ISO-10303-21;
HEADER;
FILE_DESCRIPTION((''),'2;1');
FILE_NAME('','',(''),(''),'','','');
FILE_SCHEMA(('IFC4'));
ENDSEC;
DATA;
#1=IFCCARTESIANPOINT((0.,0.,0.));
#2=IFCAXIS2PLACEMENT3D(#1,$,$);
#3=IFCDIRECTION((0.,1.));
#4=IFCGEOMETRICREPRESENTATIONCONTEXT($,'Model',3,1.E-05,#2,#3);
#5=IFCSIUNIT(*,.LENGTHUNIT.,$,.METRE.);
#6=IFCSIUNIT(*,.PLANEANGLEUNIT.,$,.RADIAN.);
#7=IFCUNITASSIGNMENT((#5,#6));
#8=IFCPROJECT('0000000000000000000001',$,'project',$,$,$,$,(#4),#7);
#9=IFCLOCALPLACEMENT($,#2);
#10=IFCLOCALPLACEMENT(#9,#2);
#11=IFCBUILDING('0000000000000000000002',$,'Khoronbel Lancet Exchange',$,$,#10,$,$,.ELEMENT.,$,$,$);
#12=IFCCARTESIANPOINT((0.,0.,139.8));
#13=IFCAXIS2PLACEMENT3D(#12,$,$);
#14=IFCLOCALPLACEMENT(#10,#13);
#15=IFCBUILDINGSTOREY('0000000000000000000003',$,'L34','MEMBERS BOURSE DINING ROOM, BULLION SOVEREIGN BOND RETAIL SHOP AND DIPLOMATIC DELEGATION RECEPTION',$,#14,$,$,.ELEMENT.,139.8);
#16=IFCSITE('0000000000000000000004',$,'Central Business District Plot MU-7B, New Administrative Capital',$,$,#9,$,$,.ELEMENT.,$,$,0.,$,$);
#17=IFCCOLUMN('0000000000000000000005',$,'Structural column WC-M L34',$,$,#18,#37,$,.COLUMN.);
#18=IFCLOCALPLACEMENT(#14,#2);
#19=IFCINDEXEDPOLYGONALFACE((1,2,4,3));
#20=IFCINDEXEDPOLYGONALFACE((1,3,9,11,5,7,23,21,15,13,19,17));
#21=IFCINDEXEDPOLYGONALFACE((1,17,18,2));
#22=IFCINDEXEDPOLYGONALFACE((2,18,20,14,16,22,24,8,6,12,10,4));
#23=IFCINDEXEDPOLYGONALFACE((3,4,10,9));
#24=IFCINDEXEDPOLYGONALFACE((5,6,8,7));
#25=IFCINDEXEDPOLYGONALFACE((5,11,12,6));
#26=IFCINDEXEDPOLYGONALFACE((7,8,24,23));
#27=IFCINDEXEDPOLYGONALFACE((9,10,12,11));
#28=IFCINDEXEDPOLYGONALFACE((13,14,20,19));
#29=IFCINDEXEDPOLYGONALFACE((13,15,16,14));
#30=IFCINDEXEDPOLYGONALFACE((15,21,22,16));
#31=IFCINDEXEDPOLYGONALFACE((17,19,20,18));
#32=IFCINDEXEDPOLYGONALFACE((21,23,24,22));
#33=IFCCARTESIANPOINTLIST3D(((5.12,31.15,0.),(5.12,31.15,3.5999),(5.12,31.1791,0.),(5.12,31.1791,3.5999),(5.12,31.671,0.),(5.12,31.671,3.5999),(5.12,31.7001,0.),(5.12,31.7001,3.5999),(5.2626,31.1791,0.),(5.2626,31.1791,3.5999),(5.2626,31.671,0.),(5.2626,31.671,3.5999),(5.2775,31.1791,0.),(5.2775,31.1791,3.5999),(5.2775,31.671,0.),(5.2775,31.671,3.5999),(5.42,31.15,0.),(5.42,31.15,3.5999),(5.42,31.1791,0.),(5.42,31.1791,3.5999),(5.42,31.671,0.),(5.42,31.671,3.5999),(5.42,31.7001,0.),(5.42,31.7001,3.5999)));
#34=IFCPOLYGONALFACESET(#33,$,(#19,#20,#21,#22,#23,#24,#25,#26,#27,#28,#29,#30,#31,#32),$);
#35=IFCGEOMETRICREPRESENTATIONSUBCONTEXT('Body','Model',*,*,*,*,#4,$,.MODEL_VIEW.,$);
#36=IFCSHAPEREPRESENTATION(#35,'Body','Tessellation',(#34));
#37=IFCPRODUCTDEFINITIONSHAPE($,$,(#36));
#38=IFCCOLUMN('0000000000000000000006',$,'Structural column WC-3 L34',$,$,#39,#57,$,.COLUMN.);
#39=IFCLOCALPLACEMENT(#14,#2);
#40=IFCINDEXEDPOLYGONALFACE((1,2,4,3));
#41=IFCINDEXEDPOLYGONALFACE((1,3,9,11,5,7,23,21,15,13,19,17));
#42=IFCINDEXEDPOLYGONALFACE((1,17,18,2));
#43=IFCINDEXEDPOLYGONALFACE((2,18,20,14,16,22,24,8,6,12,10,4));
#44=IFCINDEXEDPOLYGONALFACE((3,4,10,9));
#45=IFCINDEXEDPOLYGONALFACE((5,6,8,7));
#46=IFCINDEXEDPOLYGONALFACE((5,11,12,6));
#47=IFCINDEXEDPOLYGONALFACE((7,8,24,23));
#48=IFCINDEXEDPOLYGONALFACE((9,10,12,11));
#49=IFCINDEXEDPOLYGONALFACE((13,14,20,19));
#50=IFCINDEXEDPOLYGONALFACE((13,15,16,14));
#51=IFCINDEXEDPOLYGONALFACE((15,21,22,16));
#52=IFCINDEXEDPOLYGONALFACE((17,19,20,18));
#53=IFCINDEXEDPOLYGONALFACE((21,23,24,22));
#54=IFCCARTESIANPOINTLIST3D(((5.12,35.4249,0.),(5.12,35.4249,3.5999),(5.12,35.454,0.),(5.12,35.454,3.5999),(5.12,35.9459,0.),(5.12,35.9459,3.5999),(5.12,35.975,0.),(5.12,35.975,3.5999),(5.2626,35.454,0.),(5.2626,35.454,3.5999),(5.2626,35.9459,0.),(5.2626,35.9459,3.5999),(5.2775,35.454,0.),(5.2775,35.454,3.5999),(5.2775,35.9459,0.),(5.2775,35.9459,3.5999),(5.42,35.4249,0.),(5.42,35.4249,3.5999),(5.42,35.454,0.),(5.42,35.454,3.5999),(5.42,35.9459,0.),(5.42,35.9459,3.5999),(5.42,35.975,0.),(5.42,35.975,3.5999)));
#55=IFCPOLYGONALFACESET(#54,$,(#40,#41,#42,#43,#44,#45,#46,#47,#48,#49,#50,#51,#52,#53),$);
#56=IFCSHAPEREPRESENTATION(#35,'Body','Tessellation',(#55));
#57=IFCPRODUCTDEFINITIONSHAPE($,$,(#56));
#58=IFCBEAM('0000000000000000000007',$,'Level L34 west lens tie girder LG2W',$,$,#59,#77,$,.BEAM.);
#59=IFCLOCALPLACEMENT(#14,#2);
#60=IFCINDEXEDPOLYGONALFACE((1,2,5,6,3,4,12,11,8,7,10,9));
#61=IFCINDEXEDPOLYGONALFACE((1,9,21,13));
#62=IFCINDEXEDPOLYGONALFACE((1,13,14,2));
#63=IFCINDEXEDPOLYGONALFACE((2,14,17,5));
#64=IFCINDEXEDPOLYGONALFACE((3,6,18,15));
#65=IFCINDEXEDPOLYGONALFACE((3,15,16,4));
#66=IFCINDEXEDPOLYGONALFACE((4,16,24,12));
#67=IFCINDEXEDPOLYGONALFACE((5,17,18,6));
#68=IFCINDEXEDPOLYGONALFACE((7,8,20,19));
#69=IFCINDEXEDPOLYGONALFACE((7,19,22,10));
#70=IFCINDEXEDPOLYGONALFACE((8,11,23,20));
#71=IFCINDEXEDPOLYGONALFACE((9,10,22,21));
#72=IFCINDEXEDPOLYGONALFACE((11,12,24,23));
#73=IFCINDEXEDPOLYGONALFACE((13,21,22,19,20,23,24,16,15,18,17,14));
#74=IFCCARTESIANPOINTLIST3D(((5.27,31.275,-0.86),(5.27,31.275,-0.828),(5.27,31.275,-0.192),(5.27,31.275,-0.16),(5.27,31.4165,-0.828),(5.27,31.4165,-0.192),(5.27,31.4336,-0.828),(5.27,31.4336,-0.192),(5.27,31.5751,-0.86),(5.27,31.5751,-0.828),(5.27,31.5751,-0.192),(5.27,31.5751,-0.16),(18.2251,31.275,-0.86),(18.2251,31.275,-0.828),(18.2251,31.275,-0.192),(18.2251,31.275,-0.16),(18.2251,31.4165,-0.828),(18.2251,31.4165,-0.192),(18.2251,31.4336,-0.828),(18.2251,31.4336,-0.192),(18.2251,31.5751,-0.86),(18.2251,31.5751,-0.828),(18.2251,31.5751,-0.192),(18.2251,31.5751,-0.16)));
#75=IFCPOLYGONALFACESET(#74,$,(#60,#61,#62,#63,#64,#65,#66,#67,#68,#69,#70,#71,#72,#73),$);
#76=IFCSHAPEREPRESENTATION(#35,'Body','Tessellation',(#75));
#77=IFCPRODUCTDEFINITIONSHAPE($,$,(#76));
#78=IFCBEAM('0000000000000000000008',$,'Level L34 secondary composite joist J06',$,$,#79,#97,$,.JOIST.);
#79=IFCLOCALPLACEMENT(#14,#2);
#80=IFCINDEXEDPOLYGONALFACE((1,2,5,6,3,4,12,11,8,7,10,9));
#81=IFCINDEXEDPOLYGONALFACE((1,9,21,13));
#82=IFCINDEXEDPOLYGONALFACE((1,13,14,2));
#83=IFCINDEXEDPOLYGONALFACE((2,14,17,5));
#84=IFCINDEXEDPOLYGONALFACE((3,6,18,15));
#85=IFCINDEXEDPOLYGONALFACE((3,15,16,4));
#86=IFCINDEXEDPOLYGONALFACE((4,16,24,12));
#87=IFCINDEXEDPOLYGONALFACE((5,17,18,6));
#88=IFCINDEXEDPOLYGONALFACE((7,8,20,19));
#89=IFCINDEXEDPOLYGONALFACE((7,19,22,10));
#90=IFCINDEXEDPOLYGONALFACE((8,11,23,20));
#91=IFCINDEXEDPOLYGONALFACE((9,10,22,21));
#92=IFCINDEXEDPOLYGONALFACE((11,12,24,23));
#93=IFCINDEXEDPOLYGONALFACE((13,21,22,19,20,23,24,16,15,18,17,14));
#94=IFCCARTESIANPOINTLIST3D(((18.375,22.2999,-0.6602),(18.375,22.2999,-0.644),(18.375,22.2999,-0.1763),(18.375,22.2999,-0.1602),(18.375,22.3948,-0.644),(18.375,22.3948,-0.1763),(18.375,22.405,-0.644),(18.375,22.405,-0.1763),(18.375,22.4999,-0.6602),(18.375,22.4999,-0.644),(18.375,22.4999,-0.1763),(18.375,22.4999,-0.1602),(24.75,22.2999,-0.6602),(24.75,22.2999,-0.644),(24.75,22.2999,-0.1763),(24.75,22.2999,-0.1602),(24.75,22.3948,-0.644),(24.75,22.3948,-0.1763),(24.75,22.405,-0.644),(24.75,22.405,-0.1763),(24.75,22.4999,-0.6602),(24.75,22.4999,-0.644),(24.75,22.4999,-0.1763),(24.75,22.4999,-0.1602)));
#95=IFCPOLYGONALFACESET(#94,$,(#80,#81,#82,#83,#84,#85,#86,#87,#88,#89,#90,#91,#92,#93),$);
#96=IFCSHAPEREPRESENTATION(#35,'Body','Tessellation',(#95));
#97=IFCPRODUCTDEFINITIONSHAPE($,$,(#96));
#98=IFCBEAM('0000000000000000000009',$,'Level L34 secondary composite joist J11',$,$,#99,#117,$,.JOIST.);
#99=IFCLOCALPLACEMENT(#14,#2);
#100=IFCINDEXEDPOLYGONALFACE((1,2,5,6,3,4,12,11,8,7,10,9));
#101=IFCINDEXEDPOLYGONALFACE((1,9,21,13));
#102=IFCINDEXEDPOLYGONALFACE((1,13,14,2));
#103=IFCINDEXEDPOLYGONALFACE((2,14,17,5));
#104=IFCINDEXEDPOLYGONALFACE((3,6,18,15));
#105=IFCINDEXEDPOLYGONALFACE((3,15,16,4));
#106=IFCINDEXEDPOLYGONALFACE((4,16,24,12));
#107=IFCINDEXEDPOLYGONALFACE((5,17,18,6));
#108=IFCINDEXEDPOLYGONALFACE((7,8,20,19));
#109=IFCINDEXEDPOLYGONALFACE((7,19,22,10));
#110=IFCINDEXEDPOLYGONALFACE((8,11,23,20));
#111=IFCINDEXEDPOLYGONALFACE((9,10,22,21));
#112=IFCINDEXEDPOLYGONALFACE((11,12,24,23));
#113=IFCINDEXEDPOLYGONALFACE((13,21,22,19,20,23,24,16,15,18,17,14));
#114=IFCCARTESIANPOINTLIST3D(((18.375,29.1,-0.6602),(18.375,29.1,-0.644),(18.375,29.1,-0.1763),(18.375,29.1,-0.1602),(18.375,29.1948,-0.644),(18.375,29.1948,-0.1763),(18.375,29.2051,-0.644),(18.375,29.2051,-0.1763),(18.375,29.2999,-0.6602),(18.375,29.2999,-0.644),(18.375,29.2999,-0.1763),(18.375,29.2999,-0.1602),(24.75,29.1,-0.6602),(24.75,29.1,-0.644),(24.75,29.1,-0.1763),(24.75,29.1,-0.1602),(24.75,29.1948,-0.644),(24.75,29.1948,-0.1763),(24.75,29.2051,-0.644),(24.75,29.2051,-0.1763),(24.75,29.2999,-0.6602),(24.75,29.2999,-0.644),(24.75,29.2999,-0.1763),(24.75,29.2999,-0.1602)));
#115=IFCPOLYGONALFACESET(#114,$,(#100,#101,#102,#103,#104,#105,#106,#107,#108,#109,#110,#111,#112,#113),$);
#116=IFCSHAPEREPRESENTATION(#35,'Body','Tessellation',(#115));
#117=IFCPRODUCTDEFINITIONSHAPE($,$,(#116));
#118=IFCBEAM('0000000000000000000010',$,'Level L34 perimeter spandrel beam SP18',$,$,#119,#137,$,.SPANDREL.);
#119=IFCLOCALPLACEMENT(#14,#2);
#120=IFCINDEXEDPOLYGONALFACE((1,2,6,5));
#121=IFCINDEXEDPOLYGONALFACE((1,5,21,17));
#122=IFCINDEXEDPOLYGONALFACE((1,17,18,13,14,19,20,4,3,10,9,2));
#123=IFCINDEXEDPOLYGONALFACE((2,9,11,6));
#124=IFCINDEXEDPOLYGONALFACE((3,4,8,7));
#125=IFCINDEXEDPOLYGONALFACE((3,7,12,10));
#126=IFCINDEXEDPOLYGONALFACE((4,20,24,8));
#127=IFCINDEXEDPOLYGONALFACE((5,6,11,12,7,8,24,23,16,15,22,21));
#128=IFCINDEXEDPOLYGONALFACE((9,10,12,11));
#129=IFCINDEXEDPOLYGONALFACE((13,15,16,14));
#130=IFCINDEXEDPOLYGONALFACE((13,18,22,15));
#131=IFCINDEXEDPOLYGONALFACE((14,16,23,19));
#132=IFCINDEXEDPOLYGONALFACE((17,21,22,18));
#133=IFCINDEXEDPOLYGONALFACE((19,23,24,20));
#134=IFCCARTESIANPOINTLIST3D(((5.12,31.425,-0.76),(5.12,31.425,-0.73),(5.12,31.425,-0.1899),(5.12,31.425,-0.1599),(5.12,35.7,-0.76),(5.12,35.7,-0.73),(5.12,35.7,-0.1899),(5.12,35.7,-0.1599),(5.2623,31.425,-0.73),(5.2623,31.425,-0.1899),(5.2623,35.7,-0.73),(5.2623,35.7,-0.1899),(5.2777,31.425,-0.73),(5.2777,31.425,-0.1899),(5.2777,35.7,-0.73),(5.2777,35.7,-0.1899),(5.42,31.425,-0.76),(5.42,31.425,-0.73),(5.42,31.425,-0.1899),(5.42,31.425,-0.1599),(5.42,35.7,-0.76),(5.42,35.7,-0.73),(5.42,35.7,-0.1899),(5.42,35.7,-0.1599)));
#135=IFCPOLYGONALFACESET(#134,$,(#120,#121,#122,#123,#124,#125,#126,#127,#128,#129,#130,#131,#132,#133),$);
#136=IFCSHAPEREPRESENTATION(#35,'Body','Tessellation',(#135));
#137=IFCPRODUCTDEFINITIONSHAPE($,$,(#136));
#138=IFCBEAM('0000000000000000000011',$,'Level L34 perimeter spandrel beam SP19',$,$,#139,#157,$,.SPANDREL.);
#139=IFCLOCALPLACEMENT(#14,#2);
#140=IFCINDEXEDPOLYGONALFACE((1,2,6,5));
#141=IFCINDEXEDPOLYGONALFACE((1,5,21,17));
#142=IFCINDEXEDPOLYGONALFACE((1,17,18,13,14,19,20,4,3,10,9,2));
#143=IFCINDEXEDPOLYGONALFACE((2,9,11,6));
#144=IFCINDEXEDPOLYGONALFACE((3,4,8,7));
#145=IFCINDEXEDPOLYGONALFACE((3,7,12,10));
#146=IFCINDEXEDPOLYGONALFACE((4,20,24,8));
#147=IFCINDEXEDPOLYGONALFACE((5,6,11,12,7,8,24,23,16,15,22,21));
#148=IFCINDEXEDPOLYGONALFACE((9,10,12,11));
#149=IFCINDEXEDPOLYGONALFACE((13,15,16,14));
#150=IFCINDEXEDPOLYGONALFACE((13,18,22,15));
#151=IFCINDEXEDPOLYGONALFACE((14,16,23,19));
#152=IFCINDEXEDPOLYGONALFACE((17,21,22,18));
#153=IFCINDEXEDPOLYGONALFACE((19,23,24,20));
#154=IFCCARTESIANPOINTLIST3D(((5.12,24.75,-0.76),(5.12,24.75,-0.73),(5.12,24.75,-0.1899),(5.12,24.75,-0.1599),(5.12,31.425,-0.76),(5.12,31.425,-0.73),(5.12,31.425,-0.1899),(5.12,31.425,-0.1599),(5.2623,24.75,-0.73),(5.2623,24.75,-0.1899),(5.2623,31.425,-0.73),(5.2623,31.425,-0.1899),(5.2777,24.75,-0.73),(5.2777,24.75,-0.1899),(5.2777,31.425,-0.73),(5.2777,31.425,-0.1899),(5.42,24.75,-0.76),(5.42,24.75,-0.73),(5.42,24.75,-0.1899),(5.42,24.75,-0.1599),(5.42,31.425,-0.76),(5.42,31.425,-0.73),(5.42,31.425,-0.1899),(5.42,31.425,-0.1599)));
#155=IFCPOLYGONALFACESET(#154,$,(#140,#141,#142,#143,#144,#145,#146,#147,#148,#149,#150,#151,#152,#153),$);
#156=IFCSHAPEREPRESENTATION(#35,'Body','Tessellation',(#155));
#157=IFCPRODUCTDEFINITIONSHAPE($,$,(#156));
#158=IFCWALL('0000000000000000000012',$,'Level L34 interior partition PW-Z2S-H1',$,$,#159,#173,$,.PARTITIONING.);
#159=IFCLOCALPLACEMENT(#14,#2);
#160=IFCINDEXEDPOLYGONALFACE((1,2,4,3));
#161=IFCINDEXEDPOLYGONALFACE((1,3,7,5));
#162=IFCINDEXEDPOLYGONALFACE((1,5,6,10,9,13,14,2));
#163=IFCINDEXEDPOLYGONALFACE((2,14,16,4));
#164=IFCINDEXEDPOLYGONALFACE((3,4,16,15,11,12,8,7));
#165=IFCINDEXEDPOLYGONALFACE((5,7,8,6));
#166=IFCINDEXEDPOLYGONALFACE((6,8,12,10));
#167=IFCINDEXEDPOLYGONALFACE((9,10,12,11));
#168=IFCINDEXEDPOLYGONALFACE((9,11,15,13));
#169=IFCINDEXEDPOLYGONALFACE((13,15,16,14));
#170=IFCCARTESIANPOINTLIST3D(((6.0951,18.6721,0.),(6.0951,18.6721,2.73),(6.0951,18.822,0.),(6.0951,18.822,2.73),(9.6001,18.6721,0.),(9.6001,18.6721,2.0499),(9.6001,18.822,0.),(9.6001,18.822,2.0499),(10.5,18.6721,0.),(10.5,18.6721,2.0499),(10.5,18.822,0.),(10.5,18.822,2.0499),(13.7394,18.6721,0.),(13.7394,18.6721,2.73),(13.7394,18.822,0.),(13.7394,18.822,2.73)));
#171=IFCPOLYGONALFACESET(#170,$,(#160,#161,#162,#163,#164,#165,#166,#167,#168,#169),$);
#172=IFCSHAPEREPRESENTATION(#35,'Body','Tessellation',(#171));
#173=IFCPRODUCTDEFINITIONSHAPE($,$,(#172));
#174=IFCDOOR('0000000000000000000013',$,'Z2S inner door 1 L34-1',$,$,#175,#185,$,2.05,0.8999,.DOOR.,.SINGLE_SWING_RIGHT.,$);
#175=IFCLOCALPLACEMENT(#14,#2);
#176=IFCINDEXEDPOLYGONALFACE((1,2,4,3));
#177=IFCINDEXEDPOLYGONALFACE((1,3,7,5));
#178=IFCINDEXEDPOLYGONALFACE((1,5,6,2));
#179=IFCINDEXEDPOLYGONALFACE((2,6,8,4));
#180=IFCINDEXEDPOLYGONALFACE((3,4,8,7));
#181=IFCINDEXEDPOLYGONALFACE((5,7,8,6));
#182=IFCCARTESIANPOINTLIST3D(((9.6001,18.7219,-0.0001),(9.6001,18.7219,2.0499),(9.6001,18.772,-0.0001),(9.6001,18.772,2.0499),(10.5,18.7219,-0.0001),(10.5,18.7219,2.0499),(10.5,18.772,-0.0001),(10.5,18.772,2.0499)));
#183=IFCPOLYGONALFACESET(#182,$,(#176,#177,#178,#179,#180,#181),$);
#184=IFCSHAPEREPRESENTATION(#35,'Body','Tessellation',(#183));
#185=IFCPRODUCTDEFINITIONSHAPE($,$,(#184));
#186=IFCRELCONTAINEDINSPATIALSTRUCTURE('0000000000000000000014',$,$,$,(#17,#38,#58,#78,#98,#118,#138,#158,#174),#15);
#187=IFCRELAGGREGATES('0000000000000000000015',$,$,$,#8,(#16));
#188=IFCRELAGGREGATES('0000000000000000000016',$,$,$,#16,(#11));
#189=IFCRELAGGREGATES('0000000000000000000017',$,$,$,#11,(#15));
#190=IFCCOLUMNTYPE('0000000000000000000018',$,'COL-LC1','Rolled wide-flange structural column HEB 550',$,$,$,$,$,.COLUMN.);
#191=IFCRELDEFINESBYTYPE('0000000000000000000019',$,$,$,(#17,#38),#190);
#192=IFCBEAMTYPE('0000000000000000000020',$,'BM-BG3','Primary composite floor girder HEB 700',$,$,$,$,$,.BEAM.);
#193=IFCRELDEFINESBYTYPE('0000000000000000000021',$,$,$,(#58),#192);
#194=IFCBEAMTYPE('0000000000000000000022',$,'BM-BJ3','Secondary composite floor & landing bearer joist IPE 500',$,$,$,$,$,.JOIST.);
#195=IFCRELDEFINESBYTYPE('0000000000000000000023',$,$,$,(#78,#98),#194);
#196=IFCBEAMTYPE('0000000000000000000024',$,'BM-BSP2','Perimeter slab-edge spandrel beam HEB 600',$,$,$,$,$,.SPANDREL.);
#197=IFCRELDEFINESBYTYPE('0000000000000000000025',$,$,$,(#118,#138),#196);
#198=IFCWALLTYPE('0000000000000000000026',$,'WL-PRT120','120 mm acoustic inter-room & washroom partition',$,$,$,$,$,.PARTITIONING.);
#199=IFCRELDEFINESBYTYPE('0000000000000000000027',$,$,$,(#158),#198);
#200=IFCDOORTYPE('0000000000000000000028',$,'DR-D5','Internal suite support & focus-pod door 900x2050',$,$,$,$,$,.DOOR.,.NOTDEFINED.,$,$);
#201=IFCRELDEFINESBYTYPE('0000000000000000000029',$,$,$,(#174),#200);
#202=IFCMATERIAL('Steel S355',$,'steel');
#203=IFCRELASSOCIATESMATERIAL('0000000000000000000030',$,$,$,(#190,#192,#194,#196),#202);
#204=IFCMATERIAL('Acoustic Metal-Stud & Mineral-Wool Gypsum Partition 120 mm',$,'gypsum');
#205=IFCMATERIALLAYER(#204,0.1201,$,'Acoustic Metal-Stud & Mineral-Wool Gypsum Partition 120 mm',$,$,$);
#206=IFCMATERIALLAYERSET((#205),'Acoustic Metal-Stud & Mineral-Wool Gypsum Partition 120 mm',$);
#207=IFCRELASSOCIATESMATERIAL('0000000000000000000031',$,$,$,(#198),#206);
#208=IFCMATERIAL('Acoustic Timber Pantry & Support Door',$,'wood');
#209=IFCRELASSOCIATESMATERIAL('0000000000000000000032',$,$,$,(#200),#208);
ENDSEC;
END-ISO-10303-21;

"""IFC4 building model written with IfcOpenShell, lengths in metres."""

from ifc_helpers import new_model, si_unit, direction, frame, frame_2d, origin, origin_2d, place, context, subcontext, project, spatial, rectangle, i_section, extrude, material, layer, layer_set, material_profile, profile_set, type_object, element, fill, save


model = new_model("IFC4")

# Units and contexts
model_context = context("Model", 3, precision=1e-05, world=origin(), true_north=direction((0.0, 1.0)))
body_context = subcontext(model_context, "Body", "Model", "MODEL_VIEW")
ifc_project = project(units=[si_unit("LENGTHUNIT", "METRE"), si_unit("PLANEANGLEUNIT", "RADIAN")], contexts=[model_context])

# Site, building, storey
site_placement = place(None, origin())
site = spatial("IfcSite", under=ifc_project, at=site_placement, Name="Central Business District Plot MU-7B, New Administrative Capital", CompositionType="ELEMENT", RefElevation=0.0)
building_placement = place(site_placement, origin())
building = spatial("IfcBuilding", under=site, at=building_placement, Name="Khoronbel Lancet Exchange", CompositionType="ELEMENT")
storey_placement = place(building_placement, frame((0.0, 0.0, 139.8)))
storey = spatial("IfcBuildingStorey", under=building, at=storey_placement, Name="L34", Description="MEMBERS BOURSE DINING ROOM, BULLION SOVEREIGN BOND RETAIL SHOP AND DIPLOMATIC DELEGATION RECEPTION", CompositionType="ELEMENT", Elevation=139.8)

# Columns
ifc_material_1 = material(Name="Steel S355", Category="steel")
ifc_material_profile_1 = material_profile(ifc_material_1, i_section(OverallWidth=0.3, OverallDepth=0.55, WebThickness=0.0149, FlangeThickness=0.0291, at=origin_2d()), Name="HEB 550")
ifc_profile_set_1 = profile_set([ifc_material_profile_1], Name="Steel S355")
column_type = type_object("IfcColumnType", Name="COL-LC1", Description="Rolled wide-flange structural column HEB 550", PredefinedType="COLUMN", material=ifc_profile_set_1)
for number, where, z_axis, x_axis, name in (
    (1, (5.27, 31.425, 0.0), (0.0, 0.0, 1.0), (1.0, 0.0, 0.0), "Structural column WC-M L34"),
    (2, (5.27, 35.7, 0.0), (0.0, 0.0, 1.0), (1.0, 0.0, 0.0), "Structural column WC-3 L34"),
):
    element("IfcColumn", number, at=place(storey_placement, frame(where, z_axis=z_axis, x_axis=x_axis)), inside=storey, type_object=column_type, Name=name, PredefinedType="COLUMN", context=body_context, shape_type="SweptSolid", body=[
        extrude(i_section(OverallWidth=0.3, OverallDepth=0.55, WebThickness=0.0149, FlangeThickness=0.0291, at=origin_2d()), origin(), (0.0, 0.0, 1.0), 3.5999),
    ])

# Beams
ifc_material_profile_2 = material_profile(ifc_material_1, i_section(OverallWidth=0.3, OverallDepth=0.7, WebThickness=0.0171, FlangeThickness=0.032, at=origin_2d()), Name="HEB 700")
ifc_profile_set_2 = profile_set([ifc_material_profile_2], Name="Steel S355")
beam_type_1 = type_object("IfcBeamType", Name="BM-BG3", Description="Primary composite floor girder HEB 700", PredefinedType="BEAM", material=ifc_profile_set_2)
beam_1_placement = place(storey_placement, frame((5.27, 31.425, -0.51), z_axis=(1.0, 0.0, 0.0), x_axis=(0.0, 1.0, 0.0)))
element("IfcBeam", 3, at=beam_1_placement, inside=storey, type_object=beam_type_1, Name="Level L34 west lens tie girder LG2W", PredefinedType="BEAM", context=body_context, shape_type="SweptSolid", body=[
    extrude(i_section(OverallWidth=0.3, OverallDepth=0.7, WebThickness=0.0171, FlangeThickness=0.032, at=origin_2d()), origin(), (0.0, 0.0, 1.0), 12.9551),
])
ifc_material_profile_3 = material_profile(ifc_material_1, i_section(OverallWidth=0.2, OverallDepth=0.5, WebThickness=0.0103, FlangeThickness=0.0161, at=origin_2d()), Name="IPE 500")
ifc_profile_set_3 = profile_set([ifc_material_profile_3], Name="Steel S355")
beam_type_2 = type_object("IfcBeamType", Name="BM-BJ3", Description="Secondary composite floor & landing bearer joist IPE 500", PredefinedType="JOIST", material=ifc_profile_set_3)
for number, where, z_axis, x_axis, name in (
    (4, (18.375, 22.3999, -0.4102), (1.0, 0.0, 0.0), (0.0, 1.0, 0.0), "Level L34 secondary composite joist J06"),
    (5, (18.375, 29.2, -0.4102), (1.0, 0.0, 0.0), (0.0, 1.0, 0.0), "Level L34 secondary composite joist J11"),
):
    element("IfcBeam", number, at=place(storey_placement, frame(where, z_axis=z_axis, x_axis=x_axis)), inside=storey, type_object=beam_type_2, Name=name, PredefinedType="JOIST", context=body_context, shape_type="SweptSolid", body=[
        extrude(i_section(OverallWidth=0.2, OverallDepth=0.5, WebThickness=0.0103, FlangeThickness=0.0161, at=origin_2d()), origin(), (0.0, 0.0, 1.0), 6.375),
    ])
ifc_material_profile_4 = material_profile(ifc_material_1, i_section(OverallWidth=0.3, OverallDepth=0.6001, WebThickness=0.0154, FlangeThickness=0.03, at=origin_2d()), Name="HEB 600")
ifc_profile_set_4 = profile_set([ifc_material_profile_4], Name="Steel S355")
beam_type_3 = type_object("IfcBeamType", Name="BM-BSP2", Description="Perimeter slab-edge spandrel beam HEB 600", PredefinedType="SPANDREL", material=ifc_profile_set_4)
beam_2_placement = place(storey_placement, frame((5.27, 35.7, -0.46), z_axis=(0.0, -1.0, 0.0), x_axis=(1.0, 0.0, 0.0)))
element("IfcBeam", 6, at=beam_2_placement, inside=storey, type_object=beam_type_3, Name="Level L34 perimeter spandrel beam SP18", PredefinedType="SPANDREL", context=body_context, shape_type="SweptSolid", body=[
    extrude(i_section(OverallWidth=0.3, OverallDepth=0.6001, WebThickness=0.0154, FlangeThickness=0.03, at=origin_2d()), origin(), (0.0, 0.0, 1.0), 4.2749),
])
beam_3_placement = place(storey_placement, frame((5.27, 31.425, -0.46), z_axis=(0.0, -1.0, 0.0), x_axis=(1.0, 0.0, 0.0)))
element("IfcBeam", 7, at=beam_3_placement, inside=storey, type_object=beam_type_3, Name="Level L34 perimeter spandrel beam SP19", PredefinedType="SPANDREL", context=body_context, shape_type="SweptSolid", body=[
    extrude(i_section(OverallWidth=0.3, OverallDepth=0.6001, WebThickness=0.0154, FlangeThickness=0.03, at=origin_2d()), origin(), (0.0, 0.0, 1.0), 6.675),
])

# Wall, opening, door
ifc_material_2 = material(Name="Acoustic Metal-Stud & Mineral-Wool Gypsum Partition 120 mm", Category="gypsum")
ifc_layer_1 = layer(ifc_material_2, 0.1201, Name="Acoustic Metal-Stud & Mineral-Wool Gypsum Partition 120 mm")
ifc_layer_set_1 = layer_set([ifc_layer_1], Name="Acoustic Metal-Stud & Mineral-Wool Gypsum Partition 120 mm")
wall_type_1 = type_object("IfcWallType", Name="WL-PRT120", Description="120 mm acoustic inter-room & washroom partition", PredefinedType="PARTITIONING", material=ifc_layer_set_1)
wall_1_placement = place(storey_placement, frame((6.095, 18.7471, 0.0), z_axis=(0.0, 0.0, 1.0), x_axis=(1.0, 0.0, 0.0)))
wall_1 = element("IfcWall", 8, at=wall_1_placement, inside=storey, type_object=wall_type_1, Name="Level L34 interior partition PW-Z2S-H1", PredefinedType="PARTITIONING", context=body_context, shape_type="SweptSolid", body=[
    extrude(rectangle(XDim=7.6443, YDim=0.1499, at=frame_2d((3.8223, 0.0))), origin(), (0.0, 0.0, 1.0), 2.73),
])
opening_1_placement = place(wall_1_placement, frame((3.5051, 0.0, 0.0)))
opening_1 = element("IfcOpeningElement", 9, at=opening_1_placement, cuts=wall_1, PredefinedType="OPENING", context=body_context, shape_type="SweptSolid", body=[
    extrude(rectangle(XDim=0.8999, YDim=2.05, at=frame_2d((0.45, 1.0249))), frame((0.0, 0.085, 0.0), z_axis=(0.0, -1.0, 0.0), x_axis=(1.0, 0.0, 0.0)), (0.0, 0.0, 1.0), 0.1699),
])
ifc_material_3 = material(Name="Acoustic Timber Pantry & Support Door", Category="wood")
door_type_1 = type_object("IfcDoorType", Name="DR-D5", Description="Internal suite support & focus-pod door 900x2050", OperationType="NOTDEFINED", PredefinedType="DOOR", material=ifc_material_3)
door_1_placement = place(opening_1_placement, origin())
door_1 = element("IfcDoor", 10, at=door_1_placement, inside=storey, type_object=door_type_1, Name="Z2S inner door 1 L34-1", OperationType="SINGLE_SWING_RIGHT", OverallHeight=2.05, OverallWidth=0.8999, PredefinedType="DOOR", context=body_context, shape_type="SweptSolid", body=[
    extrude(rectangle(XDim=0.8999, YDim=2.05, at=frame_2d((0.45, 1.0249))), frame((0.0, 0.0249, 0.0), z_axis=(0.0, -1.0, 0.0), x_axis=(1.0, 0.0, 0.0)), (0.0, 0.0, 1.0), 0.05),
])
fill(opening_1, door_1)

save(model, "model.ifc")
